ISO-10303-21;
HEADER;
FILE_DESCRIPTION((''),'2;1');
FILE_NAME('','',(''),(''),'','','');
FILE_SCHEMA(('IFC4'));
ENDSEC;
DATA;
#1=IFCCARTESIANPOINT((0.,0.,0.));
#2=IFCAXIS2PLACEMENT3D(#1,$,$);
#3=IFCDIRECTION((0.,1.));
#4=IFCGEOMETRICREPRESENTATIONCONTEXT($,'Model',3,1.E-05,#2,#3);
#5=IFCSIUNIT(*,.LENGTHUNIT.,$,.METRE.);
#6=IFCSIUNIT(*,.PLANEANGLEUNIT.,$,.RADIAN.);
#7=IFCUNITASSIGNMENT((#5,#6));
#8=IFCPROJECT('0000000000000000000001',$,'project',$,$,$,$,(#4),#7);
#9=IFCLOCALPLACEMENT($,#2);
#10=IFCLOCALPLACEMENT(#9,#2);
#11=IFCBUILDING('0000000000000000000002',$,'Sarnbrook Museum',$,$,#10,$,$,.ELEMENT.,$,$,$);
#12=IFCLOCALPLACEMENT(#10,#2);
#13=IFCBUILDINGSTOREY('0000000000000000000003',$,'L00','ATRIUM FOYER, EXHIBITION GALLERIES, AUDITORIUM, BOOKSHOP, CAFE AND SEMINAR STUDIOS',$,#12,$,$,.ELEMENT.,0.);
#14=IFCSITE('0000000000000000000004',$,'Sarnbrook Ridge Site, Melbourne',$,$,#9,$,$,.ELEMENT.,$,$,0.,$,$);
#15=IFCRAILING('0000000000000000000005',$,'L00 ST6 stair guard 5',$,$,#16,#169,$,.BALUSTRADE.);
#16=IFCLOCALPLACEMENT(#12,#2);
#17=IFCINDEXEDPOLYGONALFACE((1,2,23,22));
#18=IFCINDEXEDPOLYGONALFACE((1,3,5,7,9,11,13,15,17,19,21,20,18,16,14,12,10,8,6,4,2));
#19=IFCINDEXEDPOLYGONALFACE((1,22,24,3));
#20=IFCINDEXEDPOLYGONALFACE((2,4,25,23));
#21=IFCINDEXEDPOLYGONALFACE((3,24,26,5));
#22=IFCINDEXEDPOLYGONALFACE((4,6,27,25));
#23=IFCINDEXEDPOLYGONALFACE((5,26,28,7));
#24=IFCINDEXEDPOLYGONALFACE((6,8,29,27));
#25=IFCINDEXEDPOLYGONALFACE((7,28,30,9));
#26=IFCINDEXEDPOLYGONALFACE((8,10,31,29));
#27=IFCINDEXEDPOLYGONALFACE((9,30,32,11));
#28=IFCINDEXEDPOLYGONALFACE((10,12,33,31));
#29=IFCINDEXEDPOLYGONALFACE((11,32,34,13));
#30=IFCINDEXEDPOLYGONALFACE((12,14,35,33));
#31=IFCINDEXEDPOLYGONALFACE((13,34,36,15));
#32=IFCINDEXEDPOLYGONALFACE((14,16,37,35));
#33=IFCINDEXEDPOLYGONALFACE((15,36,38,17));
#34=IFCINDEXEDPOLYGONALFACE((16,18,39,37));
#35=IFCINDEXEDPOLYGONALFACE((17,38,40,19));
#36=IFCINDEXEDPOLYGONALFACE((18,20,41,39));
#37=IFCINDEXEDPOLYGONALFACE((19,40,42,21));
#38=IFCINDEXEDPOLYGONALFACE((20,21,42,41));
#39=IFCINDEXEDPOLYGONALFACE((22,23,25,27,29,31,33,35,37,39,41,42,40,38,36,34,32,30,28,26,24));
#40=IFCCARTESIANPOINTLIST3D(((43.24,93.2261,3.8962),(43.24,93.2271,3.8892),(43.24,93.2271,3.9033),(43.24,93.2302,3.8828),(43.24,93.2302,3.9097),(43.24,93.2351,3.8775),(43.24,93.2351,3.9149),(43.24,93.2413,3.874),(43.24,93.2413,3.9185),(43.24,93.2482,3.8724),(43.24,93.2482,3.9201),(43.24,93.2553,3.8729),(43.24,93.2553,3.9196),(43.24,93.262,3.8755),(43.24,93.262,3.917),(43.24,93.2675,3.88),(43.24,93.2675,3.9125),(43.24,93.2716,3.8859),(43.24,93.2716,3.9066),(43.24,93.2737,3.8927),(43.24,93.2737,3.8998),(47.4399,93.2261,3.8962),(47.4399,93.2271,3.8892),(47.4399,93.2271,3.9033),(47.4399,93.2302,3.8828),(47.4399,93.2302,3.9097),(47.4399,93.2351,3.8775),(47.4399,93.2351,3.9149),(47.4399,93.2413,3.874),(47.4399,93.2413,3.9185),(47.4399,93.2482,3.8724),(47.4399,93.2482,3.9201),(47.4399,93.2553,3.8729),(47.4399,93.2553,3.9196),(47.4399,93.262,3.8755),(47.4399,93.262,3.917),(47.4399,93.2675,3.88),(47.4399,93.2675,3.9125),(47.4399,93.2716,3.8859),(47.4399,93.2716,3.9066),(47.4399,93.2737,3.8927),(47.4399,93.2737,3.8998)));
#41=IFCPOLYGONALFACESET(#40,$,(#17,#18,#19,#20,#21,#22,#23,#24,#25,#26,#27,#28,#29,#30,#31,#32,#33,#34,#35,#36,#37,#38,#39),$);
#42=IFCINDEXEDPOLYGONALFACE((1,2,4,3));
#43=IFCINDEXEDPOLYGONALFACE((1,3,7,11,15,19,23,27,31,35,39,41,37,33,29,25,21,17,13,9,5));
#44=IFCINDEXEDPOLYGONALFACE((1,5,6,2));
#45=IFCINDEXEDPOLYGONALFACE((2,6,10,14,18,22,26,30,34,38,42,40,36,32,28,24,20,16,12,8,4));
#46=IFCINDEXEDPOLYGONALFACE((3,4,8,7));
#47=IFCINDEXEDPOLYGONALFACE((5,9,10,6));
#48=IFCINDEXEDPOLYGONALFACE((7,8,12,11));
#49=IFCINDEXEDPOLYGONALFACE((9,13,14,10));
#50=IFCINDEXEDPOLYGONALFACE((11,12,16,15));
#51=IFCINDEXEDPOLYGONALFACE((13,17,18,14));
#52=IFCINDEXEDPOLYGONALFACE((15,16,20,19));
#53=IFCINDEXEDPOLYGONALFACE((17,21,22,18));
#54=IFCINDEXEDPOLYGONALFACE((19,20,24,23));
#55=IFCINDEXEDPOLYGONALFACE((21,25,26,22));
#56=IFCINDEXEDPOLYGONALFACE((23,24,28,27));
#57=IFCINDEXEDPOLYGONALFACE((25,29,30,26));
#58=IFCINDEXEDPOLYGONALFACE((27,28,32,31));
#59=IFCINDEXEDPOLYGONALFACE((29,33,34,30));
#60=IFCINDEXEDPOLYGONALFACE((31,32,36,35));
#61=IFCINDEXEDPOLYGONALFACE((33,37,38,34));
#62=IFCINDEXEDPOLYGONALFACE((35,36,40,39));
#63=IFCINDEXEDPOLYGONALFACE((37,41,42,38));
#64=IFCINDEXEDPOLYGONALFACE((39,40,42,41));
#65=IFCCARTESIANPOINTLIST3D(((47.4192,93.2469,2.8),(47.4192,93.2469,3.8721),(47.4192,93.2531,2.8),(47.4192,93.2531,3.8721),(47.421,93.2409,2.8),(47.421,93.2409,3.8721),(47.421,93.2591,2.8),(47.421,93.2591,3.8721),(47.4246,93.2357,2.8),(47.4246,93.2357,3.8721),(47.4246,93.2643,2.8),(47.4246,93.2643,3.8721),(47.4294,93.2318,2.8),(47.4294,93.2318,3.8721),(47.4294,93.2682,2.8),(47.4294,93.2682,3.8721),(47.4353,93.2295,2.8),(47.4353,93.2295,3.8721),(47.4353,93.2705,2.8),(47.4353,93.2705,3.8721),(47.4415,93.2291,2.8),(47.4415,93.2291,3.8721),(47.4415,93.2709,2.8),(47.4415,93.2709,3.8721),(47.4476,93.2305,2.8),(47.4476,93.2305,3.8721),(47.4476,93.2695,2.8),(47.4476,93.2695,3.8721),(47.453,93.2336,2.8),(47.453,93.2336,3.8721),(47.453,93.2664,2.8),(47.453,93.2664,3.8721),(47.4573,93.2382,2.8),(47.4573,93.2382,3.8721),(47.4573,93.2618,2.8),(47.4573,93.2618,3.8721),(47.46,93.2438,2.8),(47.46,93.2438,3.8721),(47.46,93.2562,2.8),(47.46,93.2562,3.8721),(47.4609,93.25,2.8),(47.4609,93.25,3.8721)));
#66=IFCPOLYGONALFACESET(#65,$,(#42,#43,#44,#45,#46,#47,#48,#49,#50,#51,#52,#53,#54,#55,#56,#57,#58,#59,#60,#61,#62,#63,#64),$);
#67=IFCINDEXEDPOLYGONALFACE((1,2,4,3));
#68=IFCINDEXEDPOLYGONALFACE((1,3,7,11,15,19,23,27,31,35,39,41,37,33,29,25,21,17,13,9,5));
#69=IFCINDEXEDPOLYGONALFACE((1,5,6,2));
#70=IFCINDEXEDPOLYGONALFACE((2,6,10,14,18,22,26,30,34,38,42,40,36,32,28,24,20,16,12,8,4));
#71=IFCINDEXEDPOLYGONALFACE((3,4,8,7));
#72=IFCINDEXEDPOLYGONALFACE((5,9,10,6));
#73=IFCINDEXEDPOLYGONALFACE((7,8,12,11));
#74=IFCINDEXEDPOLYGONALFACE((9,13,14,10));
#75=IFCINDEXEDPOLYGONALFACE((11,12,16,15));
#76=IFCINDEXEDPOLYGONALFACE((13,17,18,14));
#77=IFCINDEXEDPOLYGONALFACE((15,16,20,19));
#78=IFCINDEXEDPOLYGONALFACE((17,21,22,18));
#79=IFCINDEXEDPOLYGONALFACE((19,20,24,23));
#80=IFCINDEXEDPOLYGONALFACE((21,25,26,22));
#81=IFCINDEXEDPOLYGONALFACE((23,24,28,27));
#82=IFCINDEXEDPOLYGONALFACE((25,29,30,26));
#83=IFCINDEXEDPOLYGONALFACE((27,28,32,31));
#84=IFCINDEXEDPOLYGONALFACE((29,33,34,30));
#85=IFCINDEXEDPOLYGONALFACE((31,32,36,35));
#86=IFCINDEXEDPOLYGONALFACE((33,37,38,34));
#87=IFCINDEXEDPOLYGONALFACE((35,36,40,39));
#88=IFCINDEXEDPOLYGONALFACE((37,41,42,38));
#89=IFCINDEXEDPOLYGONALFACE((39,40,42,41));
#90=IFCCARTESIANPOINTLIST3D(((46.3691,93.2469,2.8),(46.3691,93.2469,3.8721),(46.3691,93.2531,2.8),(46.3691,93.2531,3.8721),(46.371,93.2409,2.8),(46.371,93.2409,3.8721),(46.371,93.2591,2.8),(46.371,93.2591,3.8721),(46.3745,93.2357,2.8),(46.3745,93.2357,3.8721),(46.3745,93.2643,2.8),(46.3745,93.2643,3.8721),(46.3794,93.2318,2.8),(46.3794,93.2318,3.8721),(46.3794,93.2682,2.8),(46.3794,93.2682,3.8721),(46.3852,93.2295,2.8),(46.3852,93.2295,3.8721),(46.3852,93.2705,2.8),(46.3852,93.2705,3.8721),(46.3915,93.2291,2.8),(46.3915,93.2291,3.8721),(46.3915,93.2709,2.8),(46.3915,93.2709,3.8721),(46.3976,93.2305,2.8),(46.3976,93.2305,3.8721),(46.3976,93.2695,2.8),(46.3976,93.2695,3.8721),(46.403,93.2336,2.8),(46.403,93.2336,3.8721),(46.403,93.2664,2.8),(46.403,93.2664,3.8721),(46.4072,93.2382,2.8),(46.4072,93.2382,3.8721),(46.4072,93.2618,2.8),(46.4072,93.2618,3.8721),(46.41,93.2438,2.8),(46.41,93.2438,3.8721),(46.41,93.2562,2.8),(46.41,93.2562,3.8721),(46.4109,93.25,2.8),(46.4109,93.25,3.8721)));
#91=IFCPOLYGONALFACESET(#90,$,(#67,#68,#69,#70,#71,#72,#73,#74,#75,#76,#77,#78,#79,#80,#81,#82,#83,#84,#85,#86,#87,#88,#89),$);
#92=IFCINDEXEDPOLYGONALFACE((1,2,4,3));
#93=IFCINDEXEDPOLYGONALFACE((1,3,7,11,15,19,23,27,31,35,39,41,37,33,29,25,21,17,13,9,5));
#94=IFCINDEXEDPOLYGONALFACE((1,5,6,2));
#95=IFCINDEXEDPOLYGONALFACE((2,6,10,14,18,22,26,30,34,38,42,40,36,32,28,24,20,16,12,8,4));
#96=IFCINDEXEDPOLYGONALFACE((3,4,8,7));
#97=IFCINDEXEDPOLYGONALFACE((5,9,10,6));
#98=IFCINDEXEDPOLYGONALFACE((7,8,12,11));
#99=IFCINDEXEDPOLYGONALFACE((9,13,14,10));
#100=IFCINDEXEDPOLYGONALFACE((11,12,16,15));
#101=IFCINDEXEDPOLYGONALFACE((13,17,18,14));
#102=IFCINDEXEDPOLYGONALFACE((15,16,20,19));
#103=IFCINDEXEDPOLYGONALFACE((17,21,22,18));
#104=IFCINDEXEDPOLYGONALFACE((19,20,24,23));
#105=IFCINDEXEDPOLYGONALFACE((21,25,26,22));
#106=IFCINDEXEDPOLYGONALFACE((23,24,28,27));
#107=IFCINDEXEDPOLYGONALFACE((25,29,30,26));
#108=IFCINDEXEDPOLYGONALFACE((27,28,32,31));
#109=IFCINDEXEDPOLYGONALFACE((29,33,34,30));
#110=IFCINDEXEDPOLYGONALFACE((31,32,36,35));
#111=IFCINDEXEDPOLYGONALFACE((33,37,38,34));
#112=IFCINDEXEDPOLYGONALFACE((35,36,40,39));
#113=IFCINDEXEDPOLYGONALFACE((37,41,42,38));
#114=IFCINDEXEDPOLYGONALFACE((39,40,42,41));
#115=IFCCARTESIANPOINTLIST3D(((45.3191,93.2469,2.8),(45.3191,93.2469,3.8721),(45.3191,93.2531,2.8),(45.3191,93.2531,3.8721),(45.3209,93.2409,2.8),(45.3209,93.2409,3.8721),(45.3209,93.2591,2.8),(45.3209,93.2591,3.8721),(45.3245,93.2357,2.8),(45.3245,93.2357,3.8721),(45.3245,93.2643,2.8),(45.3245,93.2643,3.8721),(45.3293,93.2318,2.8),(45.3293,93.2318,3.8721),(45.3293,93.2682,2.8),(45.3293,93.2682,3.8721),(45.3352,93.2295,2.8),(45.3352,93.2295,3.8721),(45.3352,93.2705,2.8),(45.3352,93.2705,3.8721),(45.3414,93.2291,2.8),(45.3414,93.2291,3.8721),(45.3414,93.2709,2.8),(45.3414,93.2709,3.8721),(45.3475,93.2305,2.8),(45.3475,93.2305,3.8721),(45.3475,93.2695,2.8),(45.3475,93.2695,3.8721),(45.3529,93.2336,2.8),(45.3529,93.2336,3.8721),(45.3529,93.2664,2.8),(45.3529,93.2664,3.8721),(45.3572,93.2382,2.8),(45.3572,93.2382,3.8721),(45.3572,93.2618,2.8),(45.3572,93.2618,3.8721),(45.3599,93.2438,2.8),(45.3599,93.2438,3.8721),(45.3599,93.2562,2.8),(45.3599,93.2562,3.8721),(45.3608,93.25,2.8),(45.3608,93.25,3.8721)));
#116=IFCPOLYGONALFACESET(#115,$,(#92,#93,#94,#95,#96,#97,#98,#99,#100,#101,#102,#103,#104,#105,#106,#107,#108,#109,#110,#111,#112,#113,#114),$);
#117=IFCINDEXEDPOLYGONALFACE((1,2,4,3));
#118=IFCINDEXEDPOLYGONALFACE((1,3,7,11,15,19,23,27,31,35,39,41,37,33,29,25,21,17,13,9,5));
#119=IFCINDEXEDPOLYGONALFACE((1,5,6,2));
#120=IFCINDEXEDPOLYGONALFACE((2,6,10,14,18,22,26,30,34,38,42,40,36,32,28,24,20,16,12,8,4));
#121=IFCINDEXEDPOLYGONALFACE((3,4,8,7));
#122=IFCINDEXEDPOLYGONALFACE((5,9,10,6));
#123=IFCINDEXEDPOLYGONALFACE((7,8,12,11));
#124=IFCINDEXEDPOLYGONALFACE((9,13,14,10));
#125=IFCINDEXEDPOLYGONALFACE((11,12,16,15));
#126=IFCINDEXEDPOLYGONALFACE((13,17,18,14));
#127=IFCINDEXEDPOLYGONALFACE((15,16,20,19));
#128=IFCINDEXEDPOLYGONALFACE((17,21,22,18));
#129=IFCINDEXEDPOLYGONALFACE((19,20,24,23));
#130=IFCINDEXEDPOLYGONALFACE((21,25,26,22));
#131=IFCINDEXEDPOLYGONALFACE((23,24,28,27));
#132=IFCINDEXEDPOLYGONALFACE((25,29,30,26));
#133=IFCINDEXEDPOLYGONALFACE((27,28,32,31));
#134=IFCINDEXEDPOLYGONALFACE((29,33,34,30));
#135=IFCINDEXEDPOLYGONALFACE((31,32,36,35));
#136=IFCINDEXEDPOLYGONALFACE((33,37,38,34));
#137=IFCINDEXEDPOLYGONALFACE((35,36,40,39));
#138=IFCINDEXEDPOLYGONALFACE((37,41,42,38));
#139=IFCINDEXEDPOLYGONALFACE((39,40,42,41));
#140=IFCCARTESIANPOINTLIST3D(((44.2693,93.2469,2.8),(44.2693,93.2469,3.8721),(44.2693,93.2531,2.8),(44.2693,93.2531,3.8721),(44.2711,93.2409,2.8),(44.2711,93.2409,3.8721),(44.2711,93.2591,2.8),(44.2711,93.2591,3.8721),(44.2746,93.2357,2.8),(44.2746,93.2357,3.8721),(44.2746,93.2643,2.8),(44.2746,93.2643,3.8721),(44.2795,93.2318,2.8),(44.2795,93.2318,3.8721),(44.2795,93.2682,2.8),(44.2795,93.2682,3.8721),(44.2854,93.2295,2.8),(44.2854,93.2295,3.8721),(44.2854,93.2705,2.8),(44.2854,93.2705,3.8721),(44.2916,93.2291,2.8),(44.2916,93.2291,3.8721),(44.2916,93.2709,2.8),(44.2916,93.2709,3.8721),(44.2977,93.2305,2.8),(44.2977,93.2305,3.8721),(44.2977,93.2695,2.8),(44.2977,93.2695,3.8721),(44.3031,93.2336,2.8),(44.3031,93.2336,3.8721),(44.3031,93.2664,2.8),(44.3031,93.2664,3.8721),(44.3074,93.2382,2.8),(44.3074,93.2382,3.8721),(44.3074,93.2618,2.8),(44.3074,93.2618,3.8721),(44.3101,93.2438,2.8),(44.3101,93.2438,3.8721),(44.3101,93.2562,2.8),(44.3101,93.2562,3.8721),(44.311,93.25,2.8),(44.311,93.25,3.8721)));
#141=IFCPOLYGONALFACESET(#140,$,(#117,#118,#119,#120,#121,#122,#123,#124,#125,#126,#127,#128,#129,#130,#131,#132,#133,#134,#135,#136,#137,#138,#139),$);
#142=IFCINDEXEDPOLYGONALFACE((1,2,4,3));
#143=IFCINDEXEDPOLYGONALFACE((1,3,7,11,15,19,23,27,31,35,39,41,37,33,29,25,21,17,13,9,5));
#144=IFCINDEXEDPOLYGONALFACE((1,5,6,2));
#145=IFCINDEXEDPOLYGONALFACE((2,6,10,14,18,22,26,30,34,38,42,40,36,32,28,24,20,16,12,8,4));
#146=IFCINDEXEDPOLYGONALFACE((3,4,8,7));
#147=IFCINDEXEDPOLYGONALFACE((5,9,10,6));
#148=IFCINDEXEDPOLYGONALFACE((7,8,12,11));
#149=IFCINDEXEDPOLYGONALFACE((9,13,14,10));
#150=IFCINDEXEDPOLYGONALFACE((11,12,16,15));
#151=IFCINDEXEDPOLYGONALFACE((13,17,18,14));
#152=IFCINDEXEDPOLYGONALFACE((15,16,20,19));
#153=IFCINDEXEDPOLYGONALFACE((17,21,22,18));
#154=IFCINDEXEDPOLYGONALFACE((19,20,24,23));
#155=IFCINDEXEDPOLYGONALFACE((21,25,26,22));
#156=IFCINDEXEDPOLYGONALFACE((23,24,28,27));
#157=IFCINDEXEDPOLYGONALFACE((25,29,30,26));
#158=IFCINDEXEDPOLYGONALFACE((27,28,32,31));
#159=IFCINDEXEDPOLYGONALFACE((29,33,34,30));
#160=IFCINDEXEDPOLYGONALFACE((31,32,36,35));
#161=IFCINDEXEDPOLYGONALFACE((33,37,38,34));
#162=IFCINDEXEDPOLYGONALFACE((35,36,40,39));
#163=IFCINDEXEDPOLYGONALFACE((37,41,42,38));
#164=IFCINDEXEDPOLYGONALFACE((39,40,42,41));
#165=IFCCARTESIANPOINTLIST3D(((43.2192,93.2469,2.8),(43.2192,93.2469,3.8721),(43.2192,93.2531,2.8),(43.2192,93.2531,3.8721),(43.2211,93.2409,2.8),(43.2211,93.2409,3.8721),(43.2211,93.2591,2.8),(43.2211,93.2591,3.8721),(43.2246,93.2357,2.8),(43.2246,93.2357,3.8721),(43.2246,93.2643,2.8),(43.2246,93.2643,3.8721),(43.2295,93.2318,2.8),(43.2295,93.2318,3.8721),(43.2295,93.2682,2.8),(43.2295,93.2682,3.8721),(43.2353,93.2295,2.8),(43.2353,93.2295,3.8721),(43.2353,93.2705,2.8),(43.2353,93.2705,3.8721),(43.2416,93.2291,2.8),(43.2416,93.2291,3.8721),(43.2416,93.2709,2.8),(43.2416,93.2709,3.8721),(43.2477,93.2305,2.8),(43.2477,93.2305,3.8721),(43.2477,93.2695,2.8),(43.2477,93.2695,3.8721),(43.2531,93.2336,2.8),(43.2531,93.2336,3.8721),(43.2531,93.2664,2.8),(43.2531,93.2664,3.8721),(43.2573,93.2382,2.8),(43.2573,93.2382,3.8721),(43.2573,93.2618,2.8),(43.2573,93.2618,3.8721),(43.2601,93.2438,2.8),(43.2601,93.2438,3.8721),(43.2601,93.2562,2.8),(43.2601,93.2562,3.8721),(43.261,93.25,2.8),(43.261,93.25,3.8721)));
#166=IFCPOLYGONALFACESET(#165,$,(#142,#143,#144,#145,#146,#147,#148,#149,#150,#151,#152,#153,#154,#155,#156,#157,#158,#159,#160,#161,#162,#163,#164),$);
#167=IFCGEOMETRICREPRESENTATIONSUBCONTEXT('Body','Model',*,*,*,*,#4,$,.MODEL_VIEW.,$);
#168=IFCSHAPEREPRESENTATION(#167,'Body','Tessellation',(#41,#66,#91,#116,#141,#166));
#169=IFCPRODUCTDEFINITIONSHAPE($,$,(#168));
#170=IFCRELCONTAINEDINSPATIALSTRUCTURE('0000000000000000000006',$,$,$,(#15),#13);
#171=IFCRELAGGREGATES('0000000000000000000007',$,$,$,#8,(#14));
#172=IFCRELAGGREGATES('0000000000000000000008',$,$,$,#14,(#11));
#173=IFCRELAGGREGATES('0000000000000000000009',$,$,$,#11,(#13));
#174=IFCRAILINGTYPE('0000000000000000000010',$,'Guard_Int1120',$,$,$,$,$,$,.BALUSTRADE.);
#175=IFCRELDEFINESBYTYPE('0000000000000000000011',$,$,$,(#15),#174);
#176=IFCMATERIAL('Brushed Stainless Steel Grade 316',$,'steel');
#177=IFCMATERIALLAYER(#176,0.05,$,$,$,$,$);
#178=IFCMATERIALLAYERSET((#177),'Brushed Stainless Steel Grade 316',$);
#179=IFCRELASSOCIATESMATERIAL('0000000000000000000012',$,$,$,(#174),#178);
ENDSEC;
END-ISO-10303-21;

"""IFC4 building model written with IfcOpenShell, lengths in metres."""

from ifc_helpers import new_model, si_unit, direction, frame, origin, origin_2d, place, context, subcontext, project, spatial, circle, extrude, material, layer, layer_set, type_object, element, save


model = new_model("IFC4")

# Units and contexts
model_context = context("Model", 3, precision=1e-05, world=origin(), true_north=direction((0.0, 1.0)))
body_context = subcontext(model_context, "Body", "Model", "MODEL_VIEW")
ifc_project = project(units=[si_unit("LENGTHUNIT", "METRE"), si_unit("PLANEANGLEUNIT", "RADIAN")], contexts=[model_context])

# Site, building, storey
site_placement = place(None, origin())
site = spatial("IfcSite", under=ifc_project, at=site_placement, Name="Sarnbrook Ridge Site, Melbourne", CompositionType="ELEMENT", RefElevation=0.0)
building_placement = place(site_placement, origin())
building = spatial("IfcBuilding", under=site, at=building_placement, Name="Sarnbrook Museum", CompositionType="ELEMENT")
storey_placement = place(building_placement, origin())
storey = spatial("IfcBuildingStorey", under=building, at=storey_placement, Name="L00", Description="ATRIUM FOYER, EXHIBITION GALLERIES, AUDITORIUM, BOOKSHOP, CAFE AND SEMINAR STUDIOS", CompositionType="ELEMENT", Elevation=0.0)

# Railing
ifc_material_1 = material(Name="Brushed Stainless Steel Grade 316", Category="steel")
ifc_layer_1 = layer(ifc_material_1, 0.05)
ifc_layer_set_1 = layer_set([ifc_layer_1], Name="Brushed Stainless Steel Grade 316")
railing_type_1 = type_object("IfcRailingType", Name="Guard_Int1120", PredefinedType="BALUSTRADE", material=ifc_layer_set_1)
railing_1_placement = place(storey_placement, frame((47.4399, 93.25, 2.8)))
element("IfcRailing", 1, at=railing_1_placement, inside=storey, type_object=railing_type_1, Name="L00 ST6 stair guard 5", PredefinedType="BALUSTRADE", context=body_context, shape_type="SweptSolid", body=[
    extrude(circle(Radius=0.0239, at=origin_2d()), frame((0.0, 0.0, 1.0962), z_axis=(-1.0, 0.0, 0.0), x_axis=(0.0, -1.0, 0.0)), (0.0, 0.0, 1.0), 4.2),
    extrude(circle(Radius=0.021, at=origin_2d()), origin(), (0.0, 0.0, 1.0), 1.072),
    extrude(circle(Radius=0.021, at=origin_2d()), frame((-1.05, 0.0, 0.0)), (0.0, 0.0, 1.0), 1.072),
    extrude(circle(Radius=0.021, at=origin_2d()), frame((-2.1001, 0.0, 0.0)), (0.0, 0.0, 1.0), 1.072),
    extrude(circle(Radius=0.021, at=origin_2d()), frame((-3.1499, 0.0, 0.0)), (0.0, 0.0, 1.0), 1.072),
    extrude(circle(Radius=0.021, at=origin_2d()), frame((-4.2, 0.0, 0.0)), (0.0, 0.0, 1.0), 1.072),
])

save(model, "model.ifc")
